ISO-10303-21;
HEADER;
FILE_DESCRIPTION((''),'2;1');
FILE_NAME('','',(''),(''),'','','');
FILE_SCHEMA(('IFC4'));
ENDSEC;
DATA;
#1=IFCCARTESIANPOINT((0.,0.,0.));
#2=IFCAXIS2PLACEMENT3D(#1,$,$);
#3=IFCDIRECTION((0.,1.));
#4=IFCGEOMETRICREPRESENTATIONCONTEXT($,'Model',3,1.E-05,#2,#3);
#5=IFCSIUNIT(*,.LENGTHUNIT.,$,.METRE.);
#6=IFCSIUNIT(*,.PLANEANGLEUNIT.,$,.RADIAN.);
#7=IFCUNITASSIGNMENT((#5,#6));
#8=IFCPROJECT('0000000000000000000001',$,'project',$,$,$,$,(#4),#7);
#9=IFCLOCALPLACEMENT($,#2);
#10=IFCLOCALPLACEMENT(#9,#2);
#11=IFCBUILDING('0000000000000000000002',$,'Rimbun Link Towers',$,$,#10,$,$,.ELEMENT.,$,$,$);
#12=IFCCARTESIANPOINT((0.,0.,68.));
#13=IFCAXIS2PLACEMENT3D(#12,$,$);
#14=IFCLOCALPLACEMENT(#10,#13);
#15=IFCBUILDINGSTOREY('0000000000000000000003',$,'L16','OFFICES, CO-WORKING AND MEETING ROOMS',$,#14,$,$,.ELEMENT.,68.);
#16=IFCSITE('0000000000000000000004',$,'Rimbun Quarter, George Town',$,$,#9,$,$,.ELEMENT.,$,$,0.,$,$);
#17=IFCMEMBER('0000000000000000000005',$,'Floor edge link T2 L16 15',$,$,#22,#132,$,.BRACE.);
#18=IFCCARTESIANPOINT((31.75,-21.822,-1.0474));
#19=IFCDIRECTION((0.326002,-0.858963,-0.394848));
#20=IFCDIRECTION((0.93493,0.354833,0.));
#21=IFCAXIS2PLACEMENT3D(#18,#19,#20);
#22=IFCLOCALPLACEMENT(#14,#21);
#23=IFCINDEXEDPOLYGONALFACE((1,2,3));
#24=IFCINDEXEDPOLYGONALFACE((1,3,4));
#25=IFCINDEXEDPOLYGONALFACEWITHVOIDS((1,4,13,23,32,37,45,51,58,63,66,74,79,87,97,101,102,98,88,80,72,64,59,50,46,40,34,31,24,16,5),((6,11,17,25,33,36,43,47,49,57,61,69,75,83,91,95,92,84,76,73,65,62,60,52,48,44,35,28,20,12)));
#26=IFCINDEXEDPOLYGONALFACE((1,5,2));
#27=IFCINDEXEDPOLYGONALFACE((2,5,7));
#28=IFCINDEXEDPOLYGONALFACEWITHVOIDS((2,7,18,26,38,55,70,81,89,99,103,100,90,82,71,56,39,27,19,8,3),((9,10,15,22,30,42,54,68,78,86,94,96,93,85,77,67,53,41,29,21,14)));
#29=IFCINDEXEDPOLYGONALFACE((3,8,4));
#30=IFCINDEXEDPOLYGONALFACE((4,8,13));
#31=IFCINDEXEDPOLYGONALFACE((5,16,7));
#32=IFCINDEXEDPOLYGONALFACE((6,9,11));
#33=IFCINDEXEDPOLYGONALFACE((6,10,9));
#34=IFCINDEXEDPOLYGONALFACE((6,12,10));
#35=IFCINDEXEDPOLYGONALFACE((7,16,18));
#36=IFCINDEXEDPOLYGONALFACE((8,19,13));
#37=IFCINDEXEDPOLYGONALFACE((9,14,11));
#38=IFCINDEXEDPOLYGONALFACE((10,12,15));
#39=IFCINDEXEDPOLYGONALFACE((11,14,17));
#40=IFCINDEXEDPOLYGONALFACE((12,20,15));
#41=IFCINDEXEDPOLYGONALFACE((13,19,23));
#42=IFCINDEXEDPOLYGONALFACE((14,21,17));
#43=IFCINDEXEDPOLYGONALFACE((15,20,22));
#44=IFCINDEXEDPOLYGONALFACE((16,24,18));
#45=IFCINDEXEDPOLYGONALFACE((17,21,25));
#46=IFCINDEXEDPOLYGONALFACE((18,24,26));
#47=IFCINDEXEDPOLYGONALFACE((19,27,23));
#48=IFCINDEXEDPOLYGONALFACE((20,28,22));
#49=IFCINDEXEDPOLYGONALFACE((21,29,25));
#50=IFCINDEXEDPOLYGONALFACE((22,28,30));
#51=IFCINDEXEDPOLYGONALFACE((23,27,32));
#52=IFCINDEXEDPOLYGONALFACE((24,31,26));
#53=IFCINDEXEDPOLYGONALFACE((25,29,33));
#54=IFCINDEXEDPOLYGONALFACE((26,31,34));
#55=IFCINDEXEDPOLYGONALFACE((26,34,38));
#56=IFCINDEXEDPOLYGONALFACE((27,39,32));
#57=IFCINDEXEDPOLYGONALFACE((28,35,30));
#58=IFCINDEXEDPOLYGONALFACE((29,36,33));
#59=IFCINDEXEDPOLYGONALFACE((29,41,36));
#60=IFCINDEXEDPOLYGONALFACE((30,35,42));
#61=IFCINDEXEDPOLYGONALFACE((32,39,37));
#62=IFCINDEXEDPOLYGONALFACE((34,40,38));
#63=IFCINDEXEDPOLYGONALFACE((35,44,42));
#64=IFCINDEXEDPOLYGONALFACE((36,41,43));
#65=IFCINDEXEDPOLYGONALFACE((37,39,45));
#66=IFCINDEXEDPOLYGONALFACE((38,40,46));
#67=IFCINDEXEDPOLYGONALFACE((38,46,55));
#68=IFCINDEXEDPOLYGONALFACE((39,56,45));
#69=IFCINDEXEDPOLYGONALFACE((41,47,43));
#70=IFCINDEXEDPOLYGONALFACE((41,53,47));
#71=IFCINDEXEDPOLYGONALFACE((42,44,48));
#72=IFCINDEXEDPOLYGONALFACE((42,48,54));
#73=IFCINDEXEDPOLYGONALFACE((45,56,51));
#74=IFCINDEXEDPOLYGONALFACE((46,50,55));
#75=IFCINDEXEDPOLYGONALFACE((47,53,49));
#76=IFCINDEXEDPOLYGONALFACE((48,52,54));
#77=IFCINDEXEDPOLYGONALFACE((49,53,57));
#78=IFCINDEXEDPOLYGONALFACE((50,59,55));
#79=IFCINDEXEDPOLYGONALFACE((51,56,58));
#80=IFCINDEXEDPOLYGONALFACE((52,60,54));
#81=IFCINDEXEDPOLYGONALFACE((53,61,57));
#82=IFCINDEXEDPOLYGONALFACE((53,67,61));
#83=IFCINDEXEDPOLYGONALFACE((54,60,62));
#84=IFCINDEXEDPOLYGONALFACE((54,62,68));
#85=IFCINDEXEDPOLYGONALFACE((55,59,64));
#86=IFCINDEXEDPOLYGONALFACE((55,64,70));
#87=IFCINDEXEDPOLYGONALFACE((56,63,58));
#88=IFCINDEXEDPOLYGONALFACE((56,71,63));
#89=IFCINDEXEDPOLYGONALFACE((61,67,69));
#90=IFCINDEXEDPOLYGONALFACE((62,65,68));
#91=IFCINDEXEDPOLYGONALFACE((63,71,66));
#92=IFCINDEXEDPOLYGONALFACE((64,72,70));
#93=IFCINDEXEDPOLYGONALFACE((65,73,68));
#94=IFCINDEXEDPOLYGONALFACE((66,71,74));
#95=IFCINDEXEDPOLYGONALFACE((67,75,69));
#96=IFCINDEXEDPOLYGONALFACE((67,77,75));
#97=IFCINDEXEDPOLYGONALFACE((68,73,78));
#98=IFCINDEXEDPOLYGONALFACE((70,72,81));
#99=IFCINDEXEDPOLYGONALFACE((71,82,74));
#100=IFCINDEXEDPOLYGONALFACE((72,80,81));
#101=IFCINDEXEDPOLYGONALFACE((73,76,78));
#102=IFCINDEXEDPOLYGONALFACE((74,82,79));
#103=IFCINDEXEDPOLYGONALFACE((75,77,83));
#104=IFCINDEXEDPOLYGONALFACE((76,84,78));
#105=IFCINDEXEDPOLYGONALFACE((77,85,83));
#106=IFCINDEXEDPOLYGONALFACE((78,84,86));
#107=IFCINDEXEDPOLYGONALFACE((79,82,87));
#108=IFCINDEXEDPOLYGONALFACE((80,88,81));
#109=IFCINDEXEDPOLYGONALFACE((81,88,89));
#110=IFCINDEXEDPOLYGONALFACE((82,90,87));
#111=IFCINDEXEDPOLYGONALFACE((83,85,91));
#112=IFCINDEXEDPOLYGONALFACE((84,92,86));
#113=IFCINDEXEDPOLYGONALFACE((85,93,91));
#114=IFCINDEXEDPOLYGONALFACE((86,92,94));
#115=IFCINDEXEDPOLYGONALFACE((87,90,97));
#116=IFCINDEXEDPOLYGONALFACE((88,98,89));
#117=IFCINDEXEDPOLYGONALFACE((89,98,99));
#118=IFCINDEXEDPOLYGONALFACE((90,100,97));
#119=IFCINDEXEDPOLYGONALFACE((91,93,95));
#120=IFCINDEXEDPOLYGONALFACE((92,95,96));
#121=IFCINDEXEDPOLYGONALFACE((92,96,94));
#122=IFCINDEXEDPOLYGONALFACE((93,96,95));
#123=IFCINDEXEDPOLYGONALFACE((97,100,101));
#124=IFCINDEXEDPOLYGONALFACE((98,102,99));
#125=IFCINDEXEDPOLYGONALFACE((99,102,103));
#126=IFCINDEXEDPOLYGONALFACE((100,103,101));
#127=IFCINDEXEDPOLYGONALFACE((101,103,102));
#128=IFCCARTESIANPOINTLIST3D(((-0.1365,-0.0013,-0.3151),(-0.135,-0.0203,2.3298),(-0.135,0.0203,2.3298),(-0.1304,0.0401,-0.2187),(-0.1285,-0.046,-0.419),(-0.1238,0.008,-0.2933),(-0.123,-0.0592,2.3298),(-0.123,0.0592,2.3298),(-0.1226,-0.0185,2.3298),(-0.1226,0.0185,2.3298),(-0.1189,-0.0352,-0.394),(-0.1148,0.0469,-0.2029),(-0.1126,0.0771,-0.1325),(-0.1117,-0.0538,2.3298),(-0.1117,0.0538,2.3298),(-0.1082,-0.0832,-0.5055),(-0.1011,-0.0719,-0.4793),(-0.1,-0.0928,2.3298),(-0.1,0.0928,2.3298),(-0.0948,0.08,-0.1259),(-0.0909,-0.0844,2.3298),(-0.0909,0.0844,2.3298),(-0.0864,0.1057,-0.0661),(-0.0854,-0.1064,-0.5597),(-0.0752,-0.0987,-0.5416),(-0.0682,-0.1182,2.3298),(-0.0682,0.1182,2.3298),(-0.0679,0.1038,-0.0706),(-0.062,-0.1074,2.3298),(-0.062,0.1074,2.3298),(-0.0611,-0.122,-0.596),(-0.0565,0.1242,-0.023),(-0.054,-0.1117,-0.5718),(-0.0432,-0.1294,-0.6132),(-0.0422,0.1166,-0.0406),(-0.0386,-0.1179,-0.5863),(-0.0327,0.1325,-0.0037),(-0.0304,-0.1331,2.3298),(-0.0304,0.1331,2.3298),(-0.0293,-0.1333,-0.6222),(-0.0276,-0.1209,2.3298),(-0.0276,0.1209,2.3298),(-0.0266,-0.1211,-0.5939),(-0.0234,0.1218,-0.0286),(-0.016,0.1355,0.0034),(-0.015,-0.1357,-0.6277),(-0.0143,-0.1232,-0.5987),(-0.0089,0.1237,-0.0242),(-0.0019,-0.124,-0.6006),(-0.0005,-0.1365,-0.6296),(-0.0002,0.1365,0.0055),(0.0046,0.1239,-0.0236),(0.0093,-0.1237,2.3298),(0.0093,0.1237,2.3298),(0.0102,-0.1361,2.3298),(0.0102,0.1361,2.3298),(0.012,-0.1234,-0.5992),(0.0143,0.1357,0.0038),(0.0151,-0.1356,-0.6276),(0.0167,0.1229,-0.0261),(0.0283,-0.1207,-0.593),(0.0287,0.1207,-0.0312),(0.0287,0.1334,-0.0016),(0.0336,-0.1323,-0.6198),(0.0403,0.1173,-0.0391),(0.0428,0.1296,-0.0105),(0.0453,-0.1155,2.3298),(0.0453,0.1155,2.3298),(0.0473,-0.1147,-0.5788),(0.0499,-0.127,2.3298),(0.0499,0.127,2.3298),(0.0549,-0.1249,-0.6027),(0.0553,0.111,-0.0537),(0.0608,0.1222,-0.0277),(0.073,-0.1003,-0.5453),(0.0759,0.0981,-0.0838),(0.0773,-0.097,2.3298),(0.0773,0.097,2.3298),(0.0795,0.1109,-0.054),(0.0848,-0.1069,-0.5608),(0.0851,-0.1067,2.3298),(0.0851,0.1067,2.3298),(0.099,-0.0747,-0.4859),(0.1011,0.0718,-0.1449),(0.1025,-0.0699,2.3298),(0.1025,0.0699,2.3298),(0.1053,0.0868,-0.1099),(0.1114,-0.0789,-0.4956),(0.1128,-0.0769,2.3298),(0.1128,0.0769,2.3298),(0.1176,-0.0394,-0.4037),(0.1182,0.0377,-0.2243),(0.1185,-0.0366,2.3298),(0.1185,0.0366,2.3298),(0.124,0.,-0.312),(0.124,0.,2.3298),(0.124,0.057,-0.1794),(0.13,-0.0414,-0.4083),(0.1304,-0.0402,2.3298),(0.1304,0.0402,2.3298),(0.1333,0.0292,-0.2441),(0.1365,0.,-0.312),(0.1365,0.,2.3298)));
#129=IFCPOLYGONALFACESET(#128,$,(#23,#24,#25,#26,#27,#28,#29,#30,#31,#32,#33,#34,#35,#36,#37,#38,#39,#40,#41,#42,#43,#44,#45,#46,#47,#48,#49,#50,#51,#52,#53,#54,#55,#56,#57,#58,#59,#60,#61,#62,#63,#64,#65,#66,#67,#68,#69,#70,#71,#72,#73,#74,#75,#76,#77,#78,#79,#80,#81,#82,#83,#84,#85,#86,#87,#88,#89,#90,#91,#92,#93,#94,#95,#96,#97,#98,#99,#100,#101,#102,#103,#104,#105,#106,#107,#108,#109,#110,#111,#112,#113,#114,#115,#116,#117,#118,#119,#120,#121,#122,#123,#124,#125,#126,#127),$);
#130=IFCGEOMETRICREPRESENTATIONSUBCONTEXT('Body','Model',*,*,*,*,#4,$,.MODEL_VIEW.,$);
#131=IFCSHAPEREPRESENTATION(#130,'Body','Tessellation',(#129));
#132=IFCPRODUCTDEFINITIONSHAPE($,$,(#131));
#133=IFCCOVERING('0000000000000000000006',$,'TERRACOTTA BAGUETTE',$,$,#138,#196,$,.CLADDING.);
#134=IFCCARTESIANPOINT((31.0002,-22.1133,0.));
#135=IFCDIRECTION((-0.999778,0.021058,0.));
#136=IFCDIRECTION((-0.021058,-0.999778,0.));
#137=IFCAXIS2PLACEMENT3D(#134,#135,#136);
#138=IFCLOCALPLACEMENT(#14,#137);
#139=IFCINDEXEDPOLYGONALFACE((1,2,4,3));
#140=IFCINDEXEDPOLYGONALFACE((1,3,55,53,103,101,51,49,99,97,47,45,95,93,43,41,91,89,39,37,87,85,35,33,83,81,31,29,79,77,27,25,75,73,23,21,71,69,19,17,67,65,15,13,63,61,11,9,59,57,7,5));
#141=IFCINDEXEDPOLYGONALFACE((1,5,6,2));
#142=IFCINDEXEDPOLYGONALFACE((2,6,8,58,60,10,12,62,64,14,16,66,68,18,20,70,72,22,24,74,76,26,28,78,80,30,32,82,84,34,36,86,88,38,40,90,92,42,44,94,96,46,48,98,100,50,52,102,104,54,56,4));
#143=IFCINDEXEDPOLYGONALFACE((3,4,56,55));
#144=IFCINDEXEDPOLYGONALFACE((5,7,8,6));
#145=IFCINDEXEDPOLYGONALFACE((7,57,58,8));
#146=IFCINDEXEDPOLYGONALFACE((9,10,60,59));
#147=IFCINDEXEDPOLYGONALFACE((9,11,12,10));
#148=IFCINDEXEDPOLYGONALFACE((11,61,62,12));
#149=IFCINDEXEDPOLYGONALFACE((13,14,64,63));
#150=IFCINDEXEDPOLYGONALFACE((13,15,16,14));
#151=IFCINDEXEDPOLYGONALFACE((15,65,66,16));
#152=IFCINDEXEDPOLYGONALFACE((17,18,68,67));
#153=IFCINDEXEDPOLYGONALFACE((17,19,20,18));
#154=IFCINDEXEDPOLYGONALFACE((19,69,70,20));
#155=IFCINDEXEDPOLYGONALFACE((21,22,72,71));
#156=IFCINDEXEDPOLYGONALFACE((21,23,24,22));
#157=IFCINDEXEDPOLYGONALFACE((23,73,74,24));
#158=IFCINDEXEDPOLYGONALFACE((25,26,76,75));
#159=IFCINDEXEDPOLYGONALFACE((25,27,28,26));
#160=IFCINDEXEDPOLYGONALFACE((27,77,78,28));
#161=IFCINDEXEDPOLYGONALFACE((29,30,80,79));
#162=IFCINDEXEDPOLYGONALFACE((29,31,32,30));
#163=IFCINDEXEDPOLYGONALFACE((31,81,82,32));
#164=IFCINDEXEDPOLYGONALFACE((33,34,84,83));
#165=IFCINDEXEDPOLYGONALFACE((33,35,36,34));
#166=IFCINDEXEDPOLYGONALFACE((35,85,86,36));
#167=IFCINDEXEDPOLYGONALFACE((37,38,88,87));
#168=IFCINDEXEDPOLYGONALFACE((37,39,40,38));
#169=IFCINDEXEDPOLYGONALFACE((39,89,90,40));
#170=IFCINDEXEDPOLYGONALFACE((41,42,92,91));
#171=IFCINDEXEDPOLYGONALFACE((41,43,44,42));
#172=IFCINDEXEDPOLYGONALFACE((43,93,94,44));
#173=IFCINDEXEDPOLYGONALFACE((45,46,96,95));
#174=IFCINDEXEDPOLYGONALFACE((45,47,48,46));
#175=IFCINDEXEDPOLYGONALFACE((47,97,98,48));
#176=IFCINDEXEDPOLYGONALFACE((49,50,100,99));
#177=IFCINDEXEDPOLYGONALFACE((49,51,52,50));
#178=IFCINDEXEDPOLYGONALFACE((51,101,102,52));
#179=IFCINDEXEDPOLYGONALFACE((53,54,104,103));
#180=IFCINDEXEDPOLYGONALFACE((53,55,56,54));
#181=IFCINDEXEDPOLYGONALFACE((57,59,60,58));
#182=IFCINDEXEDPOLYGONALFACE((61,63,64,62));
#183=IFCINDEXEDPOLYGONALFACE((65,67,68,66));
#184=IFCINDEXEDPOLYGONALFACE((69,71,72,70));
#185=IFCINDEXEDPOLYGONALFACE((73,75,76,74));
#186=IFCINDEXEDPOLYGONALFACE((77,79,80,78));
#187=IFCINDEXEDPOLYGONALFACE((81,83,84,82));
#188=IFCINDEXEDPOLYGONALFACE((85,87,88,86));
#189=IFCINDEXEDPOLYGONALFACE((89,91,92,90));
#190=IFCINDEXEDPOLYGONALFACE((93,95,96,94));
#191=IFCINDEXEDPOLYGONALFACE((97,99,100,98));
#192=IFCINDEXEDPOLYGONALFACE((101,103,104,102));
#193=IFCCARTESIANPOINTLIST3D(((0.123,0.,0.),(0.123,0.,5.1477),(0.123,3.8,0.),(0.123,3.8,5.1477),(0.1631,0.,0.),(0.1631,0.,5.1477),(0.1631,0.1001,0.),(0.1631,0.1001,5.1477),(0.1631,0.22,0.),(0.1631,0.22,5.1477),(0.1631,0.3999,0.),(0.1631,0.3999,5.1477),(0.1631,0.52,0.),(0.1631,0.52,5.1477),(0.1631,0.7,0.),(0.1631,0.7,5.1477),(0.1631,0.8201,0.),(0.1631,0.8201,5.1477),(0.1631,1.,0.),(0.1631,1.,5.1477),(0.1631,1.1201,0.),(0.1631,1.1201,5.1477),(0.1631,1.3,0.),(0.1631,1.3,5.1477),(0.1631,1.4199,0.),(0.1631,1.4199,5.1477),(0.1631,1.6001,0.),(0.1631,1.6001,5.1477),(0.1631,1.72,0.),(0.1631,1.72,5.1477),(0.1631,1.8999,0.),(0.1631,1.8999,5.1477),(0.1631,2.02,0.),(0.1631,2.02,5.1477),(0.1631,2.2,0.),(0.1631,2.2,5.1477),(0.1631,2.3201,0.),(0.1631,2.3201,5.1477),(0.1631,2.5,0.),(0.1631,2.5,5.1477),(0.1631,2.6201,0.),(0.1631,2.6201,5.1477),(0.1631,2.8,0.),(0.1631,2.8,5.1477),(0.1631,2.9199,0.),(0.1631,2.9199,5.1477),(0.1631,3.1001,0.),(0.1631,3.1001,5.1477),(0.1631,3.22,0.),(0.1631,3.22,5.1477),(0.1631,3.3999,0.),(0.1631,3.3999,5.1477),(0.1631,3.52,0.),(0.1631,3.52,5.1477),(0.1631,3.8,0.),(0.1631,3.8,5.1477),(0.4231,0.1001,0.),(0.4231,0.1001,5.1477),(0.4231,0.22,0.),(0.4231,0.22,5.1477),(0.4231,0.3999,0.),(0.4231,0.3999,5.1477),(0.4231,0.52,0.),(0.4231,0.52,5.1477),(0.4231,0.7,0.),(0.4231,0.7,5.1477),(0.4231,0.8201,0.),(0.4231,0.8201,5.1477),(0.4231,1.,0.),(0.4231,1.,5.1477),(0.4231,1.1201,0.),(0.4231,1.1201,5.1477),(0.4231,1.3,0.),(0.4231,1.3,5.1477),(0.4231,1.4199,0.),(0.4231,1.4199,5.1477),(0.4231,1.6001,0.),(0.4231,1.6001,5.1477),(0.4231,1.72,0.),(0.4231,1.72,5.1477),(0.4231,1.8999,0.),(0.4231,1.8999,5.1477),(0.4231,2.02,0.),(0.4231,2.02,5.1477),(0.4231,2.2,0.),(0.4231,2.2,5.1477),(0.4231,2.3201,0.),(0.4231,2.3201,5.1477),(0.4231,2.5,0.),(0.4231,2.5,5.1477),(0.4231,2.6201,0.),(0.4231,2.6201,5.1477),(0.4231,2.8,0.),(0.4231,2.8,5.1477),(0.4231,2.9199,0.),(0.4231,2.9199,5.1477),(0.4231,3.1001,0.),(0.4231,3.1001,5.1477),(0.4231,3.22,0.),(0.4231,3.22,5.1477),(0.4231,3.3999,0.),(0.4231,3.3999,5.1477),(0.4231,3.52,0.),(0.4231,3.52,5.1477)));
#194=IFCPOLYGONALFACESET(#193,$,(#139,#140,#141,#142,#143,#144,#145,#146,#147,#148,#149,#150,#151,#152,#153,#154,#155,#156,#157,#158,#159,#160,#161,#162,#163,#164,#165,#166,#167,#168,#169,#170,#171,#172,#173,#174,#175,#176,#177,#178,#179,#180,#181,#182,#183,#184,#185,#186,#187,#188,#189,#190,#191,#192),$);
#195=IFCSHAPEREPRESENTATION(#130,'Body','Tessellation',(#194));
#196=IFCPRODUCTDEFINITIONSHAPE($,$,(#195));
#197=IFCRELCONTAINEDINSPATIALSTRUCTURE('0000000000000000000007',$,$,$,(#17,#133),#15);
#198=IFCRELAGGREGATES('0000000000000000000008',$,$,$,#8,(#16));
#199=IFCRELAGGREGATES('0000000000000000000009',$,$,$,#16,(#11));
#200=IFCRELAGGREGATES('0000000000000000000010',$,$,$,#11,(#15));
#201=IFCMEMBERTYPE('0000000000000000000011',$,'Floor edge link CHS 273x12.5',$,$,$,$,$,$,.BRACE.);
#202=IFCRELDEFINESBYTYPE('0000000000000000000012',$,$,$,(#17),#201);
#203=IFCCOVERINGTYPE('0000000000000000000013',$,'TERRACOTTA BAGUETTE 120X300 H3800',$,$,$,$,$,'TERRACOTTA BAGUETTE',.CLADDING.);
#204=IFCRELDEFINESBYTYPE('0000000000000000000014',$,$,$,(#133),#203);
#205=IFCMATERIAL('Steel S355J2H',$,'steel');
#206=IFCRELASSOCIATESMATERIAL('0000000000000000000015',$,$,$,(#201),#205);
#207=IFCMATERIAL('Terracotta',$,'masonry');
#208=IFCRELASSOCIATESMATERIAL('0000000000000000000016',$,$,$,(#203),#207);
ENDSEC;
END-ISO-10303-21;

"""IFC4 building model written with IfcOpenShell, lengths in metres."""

from ifc_helpers import new_model, si_unit, direction, frame, origin, origin_2d, place, context, subcontext, project, spatial, polyline, hollow_circle, outline, extrude, clip, halfspace, material, material_profile, profile_set, type_object, element, save


model = new_model("IFC4")

# Units and contexts
model_context = context("Model", 3, precision=1e-05, world=origin(), true_north=direction((0.0, 1.0)))
body_context = subcontext(model_context, "Body", "Model", "MODEL_VIEW")
ifc_project = project(units=[si_unit("LENGTHUNIT", "METRE"), si_unit("PLANEANGLEUNIT", "RADIAN")], contexts=[model_context])

# Site, building, storey
site_placement = place(None, origin())
site = spatial("IfcSite", under=ifc_project, at=site_placement, Name="Rimbun Quarter, George Town", CompositionType="ELEMENT", RefElevation=0.0)
building_placement = place(site_placement, origin())
building = spatial("IfcBuilding", under=site, at=building_placement, Name="Rimbun Link Towers", CompositionType="ELEMENT")
storey_placement = place(building_placement, frame((0.0, 0.0, 68.0)))
storey = spatial("IfcBuildingStorey", under=building, at=storey_placement, Name="L16", Description="OFFICES, CO-WORKING AND MEETING ROOMS", CompositionType="ELEMENT", Elevation=68.0)

# Member
ifc_material_1 = material(Name="Steel S355J2H", Category="steel")
ifc_material_profile_1 = material_profile(ifc_material_1, hollow_circle(Radius=0.1365, WallThickness=0.0125, at=origin_2d()), Name="CHS 273x12.5")
ifc_profile_set_1 = profile_set([ifc_material_profile_1], Name="Steel S355J2H")
member_type_1 = type_object("IfcMemberType", Name="Floor edge link CHS 273x12.5", PredefinedType="BRACE", material=ifc_profile_set_1)
member_1_placement = place(storey_placement, frame((31.75, -21.822, -1.0474), z_axis=(0.326002, -0.858963, -0.394848), x_axis=(0.93493, 0.354833, 0.0)))
element("IfcMember", 1, at=member_1_placement, inside=storey, type_object=member_type_1, Name="Floor edge link T2 L16 15", PredefinedType="BRACE", context=body_context, shape_type="Clipping", body=[
    clip(extrude(hollow_circle(Radius=0.1365, WallThickness=0.0125, at=origin_2d()), frame((0.0, 0.0, -0.6604)), (0.0, 0.0, 1.0), 2.9902), halfspace(frame((0.0, 0.0, -0.312), z_axis=(0.0, 0.918746, -0.394848)), False)),
])

# Covering
ifc_material_2 = material(Name="Terracotta", Category="masonry")
ifc_material_profile_2 = material_profile(ifc_material_2, outline(polyline([(0.123, 0.0), (0.1631, 0.0), (0.1631, 0.1001), (0.4231, 0.1001), (0.4231, 0.22), (0.1631, 0.22), (0.1631, 0.3999), (0.4231, 0.3999), (0.4231, 0.52), (0.1631, 0.52), (0.1631, 0.7), (0.4231, 0.7), (0.4231, 0.8201), (0.1631, 0.8201), (0.1631, 1.0), (0.4231, 1.0), (0.4231, 1.1201), (0.1631, 1.1201), (0.1631, 1.3), (0.4231, 1.3), (0.4231, 1.4199), (0.1631, 1.4199), (0.1631, 1.6001), (0.4231, 1.6001), (0.4231, 1.72), (0.1631, 1.72), (0.1631, 1.8999), (0.4231, 1.8999), (0.4231, 2.02), (0.1631, 2.02), (0.1631, 2.2), (0.4231, 2.2), (0.4231, 2.3201), (0.1631, 2.3201), (0.1631, 2.5), (0.4231, 2.5), (0.4231, 2.6201), (0.1631, 2.6201), (0.1631, 2.8), (0.4231, 2.8), (0.4231, 2.9199), (0.1631, 2.9199), (0.1631, 3.1001), (0.4231, 3.1001), (0.4231, 3.22), (0.1631, 3.22), (0.1631, 3.3999), (0.4231, 3.3999), (0.4231, 3.52), (0.1631, 3.52), (0.1631, 3.8), (0.123, 3.8), (0.123, 0.0)])), Name="BAGUETTE 120X300")
ifc_profile_set_2 = profile_set([ifc_material_profile_2], Name="Terracotta")
covering_type = type_object("IfcCoveringType", Name="TERRACOTTA BAGUETTE 120X300 H3800", ElementType="TERRACOTTA BAGUETTE", PredefinedType="CLADDING", material=ifc_profile_set_2)
covering_placement = place(storey_placement, frame((31.0002, -22.1133, 0.0), z_axis=(-0.999778, 0.021058, 0.0), x_axis=(-0.021058, -0.999778, 0.0)))
element("IfcCovering", 2, at=covering_placement, inside=storey, type_object=covering_type, Name="TERRACOTTA BAGUETTE", PredefinedType="CLADDING", context=body_context, shape_type="SweptSolid", body=[
    extrude(outline(polyline([(0.123, 0.0), (0.1631, 0.0), (0.1631, 0.1001), (0.4231, 0.1001), (0.4231, 0.22), (0.1631, 0.22), (0.1631, 0.3999), (0.4231, 0.3999), (0.4231, 0.52), (0.1631, 0.52), (0.1631, 0.7), (0.4231, 0.7), (0.4231, 0.8201), (0.1631, 0.8201), (0.1631, 1.0), (0.4231, 1.0), (0.4231, 1.1201), (0.1631, 1.1201), (0.1631, 1.3), (0.4231, 1.3), (0.4231, 1.4199), (0.1631, 1.4199), (0.1631, 1.6001), (0.4231, 1.6001), (0.4231, 1.72), (0.1631, 1.72), (0.1631, 1.8999), (0.4231, 1.8999), (0.4231, 2.02), (0.1631, 2.02), (0.1631, 2.2), (0.4231, 2.2), (0.4231, 2.3201), (0.1631, 2.3201), (0.1631, 2.5), (0.4231, 2.5), (0.4231, 2.6201), (0.1631, 2.6201), (0.1631, 2.8), (0.4231, 2.8), (0.4231, 2.9199), (0.1631, 2.9199), (0.1631, 3.1001), (0.4231, 3.1001), (0.4231, 3.22), (0.1631, 3.22), (0.1631, 3.3999), (0.4231, 3.3999), (0.4231, 3.52), (0.1631, 3.52), (0.1631, 3.8), (0.123, 3.8), (0.123, 0.0)])), origin(), (0.0, 0.0, 1.0), 5.1477),
])

save(model, "model.ifc")
